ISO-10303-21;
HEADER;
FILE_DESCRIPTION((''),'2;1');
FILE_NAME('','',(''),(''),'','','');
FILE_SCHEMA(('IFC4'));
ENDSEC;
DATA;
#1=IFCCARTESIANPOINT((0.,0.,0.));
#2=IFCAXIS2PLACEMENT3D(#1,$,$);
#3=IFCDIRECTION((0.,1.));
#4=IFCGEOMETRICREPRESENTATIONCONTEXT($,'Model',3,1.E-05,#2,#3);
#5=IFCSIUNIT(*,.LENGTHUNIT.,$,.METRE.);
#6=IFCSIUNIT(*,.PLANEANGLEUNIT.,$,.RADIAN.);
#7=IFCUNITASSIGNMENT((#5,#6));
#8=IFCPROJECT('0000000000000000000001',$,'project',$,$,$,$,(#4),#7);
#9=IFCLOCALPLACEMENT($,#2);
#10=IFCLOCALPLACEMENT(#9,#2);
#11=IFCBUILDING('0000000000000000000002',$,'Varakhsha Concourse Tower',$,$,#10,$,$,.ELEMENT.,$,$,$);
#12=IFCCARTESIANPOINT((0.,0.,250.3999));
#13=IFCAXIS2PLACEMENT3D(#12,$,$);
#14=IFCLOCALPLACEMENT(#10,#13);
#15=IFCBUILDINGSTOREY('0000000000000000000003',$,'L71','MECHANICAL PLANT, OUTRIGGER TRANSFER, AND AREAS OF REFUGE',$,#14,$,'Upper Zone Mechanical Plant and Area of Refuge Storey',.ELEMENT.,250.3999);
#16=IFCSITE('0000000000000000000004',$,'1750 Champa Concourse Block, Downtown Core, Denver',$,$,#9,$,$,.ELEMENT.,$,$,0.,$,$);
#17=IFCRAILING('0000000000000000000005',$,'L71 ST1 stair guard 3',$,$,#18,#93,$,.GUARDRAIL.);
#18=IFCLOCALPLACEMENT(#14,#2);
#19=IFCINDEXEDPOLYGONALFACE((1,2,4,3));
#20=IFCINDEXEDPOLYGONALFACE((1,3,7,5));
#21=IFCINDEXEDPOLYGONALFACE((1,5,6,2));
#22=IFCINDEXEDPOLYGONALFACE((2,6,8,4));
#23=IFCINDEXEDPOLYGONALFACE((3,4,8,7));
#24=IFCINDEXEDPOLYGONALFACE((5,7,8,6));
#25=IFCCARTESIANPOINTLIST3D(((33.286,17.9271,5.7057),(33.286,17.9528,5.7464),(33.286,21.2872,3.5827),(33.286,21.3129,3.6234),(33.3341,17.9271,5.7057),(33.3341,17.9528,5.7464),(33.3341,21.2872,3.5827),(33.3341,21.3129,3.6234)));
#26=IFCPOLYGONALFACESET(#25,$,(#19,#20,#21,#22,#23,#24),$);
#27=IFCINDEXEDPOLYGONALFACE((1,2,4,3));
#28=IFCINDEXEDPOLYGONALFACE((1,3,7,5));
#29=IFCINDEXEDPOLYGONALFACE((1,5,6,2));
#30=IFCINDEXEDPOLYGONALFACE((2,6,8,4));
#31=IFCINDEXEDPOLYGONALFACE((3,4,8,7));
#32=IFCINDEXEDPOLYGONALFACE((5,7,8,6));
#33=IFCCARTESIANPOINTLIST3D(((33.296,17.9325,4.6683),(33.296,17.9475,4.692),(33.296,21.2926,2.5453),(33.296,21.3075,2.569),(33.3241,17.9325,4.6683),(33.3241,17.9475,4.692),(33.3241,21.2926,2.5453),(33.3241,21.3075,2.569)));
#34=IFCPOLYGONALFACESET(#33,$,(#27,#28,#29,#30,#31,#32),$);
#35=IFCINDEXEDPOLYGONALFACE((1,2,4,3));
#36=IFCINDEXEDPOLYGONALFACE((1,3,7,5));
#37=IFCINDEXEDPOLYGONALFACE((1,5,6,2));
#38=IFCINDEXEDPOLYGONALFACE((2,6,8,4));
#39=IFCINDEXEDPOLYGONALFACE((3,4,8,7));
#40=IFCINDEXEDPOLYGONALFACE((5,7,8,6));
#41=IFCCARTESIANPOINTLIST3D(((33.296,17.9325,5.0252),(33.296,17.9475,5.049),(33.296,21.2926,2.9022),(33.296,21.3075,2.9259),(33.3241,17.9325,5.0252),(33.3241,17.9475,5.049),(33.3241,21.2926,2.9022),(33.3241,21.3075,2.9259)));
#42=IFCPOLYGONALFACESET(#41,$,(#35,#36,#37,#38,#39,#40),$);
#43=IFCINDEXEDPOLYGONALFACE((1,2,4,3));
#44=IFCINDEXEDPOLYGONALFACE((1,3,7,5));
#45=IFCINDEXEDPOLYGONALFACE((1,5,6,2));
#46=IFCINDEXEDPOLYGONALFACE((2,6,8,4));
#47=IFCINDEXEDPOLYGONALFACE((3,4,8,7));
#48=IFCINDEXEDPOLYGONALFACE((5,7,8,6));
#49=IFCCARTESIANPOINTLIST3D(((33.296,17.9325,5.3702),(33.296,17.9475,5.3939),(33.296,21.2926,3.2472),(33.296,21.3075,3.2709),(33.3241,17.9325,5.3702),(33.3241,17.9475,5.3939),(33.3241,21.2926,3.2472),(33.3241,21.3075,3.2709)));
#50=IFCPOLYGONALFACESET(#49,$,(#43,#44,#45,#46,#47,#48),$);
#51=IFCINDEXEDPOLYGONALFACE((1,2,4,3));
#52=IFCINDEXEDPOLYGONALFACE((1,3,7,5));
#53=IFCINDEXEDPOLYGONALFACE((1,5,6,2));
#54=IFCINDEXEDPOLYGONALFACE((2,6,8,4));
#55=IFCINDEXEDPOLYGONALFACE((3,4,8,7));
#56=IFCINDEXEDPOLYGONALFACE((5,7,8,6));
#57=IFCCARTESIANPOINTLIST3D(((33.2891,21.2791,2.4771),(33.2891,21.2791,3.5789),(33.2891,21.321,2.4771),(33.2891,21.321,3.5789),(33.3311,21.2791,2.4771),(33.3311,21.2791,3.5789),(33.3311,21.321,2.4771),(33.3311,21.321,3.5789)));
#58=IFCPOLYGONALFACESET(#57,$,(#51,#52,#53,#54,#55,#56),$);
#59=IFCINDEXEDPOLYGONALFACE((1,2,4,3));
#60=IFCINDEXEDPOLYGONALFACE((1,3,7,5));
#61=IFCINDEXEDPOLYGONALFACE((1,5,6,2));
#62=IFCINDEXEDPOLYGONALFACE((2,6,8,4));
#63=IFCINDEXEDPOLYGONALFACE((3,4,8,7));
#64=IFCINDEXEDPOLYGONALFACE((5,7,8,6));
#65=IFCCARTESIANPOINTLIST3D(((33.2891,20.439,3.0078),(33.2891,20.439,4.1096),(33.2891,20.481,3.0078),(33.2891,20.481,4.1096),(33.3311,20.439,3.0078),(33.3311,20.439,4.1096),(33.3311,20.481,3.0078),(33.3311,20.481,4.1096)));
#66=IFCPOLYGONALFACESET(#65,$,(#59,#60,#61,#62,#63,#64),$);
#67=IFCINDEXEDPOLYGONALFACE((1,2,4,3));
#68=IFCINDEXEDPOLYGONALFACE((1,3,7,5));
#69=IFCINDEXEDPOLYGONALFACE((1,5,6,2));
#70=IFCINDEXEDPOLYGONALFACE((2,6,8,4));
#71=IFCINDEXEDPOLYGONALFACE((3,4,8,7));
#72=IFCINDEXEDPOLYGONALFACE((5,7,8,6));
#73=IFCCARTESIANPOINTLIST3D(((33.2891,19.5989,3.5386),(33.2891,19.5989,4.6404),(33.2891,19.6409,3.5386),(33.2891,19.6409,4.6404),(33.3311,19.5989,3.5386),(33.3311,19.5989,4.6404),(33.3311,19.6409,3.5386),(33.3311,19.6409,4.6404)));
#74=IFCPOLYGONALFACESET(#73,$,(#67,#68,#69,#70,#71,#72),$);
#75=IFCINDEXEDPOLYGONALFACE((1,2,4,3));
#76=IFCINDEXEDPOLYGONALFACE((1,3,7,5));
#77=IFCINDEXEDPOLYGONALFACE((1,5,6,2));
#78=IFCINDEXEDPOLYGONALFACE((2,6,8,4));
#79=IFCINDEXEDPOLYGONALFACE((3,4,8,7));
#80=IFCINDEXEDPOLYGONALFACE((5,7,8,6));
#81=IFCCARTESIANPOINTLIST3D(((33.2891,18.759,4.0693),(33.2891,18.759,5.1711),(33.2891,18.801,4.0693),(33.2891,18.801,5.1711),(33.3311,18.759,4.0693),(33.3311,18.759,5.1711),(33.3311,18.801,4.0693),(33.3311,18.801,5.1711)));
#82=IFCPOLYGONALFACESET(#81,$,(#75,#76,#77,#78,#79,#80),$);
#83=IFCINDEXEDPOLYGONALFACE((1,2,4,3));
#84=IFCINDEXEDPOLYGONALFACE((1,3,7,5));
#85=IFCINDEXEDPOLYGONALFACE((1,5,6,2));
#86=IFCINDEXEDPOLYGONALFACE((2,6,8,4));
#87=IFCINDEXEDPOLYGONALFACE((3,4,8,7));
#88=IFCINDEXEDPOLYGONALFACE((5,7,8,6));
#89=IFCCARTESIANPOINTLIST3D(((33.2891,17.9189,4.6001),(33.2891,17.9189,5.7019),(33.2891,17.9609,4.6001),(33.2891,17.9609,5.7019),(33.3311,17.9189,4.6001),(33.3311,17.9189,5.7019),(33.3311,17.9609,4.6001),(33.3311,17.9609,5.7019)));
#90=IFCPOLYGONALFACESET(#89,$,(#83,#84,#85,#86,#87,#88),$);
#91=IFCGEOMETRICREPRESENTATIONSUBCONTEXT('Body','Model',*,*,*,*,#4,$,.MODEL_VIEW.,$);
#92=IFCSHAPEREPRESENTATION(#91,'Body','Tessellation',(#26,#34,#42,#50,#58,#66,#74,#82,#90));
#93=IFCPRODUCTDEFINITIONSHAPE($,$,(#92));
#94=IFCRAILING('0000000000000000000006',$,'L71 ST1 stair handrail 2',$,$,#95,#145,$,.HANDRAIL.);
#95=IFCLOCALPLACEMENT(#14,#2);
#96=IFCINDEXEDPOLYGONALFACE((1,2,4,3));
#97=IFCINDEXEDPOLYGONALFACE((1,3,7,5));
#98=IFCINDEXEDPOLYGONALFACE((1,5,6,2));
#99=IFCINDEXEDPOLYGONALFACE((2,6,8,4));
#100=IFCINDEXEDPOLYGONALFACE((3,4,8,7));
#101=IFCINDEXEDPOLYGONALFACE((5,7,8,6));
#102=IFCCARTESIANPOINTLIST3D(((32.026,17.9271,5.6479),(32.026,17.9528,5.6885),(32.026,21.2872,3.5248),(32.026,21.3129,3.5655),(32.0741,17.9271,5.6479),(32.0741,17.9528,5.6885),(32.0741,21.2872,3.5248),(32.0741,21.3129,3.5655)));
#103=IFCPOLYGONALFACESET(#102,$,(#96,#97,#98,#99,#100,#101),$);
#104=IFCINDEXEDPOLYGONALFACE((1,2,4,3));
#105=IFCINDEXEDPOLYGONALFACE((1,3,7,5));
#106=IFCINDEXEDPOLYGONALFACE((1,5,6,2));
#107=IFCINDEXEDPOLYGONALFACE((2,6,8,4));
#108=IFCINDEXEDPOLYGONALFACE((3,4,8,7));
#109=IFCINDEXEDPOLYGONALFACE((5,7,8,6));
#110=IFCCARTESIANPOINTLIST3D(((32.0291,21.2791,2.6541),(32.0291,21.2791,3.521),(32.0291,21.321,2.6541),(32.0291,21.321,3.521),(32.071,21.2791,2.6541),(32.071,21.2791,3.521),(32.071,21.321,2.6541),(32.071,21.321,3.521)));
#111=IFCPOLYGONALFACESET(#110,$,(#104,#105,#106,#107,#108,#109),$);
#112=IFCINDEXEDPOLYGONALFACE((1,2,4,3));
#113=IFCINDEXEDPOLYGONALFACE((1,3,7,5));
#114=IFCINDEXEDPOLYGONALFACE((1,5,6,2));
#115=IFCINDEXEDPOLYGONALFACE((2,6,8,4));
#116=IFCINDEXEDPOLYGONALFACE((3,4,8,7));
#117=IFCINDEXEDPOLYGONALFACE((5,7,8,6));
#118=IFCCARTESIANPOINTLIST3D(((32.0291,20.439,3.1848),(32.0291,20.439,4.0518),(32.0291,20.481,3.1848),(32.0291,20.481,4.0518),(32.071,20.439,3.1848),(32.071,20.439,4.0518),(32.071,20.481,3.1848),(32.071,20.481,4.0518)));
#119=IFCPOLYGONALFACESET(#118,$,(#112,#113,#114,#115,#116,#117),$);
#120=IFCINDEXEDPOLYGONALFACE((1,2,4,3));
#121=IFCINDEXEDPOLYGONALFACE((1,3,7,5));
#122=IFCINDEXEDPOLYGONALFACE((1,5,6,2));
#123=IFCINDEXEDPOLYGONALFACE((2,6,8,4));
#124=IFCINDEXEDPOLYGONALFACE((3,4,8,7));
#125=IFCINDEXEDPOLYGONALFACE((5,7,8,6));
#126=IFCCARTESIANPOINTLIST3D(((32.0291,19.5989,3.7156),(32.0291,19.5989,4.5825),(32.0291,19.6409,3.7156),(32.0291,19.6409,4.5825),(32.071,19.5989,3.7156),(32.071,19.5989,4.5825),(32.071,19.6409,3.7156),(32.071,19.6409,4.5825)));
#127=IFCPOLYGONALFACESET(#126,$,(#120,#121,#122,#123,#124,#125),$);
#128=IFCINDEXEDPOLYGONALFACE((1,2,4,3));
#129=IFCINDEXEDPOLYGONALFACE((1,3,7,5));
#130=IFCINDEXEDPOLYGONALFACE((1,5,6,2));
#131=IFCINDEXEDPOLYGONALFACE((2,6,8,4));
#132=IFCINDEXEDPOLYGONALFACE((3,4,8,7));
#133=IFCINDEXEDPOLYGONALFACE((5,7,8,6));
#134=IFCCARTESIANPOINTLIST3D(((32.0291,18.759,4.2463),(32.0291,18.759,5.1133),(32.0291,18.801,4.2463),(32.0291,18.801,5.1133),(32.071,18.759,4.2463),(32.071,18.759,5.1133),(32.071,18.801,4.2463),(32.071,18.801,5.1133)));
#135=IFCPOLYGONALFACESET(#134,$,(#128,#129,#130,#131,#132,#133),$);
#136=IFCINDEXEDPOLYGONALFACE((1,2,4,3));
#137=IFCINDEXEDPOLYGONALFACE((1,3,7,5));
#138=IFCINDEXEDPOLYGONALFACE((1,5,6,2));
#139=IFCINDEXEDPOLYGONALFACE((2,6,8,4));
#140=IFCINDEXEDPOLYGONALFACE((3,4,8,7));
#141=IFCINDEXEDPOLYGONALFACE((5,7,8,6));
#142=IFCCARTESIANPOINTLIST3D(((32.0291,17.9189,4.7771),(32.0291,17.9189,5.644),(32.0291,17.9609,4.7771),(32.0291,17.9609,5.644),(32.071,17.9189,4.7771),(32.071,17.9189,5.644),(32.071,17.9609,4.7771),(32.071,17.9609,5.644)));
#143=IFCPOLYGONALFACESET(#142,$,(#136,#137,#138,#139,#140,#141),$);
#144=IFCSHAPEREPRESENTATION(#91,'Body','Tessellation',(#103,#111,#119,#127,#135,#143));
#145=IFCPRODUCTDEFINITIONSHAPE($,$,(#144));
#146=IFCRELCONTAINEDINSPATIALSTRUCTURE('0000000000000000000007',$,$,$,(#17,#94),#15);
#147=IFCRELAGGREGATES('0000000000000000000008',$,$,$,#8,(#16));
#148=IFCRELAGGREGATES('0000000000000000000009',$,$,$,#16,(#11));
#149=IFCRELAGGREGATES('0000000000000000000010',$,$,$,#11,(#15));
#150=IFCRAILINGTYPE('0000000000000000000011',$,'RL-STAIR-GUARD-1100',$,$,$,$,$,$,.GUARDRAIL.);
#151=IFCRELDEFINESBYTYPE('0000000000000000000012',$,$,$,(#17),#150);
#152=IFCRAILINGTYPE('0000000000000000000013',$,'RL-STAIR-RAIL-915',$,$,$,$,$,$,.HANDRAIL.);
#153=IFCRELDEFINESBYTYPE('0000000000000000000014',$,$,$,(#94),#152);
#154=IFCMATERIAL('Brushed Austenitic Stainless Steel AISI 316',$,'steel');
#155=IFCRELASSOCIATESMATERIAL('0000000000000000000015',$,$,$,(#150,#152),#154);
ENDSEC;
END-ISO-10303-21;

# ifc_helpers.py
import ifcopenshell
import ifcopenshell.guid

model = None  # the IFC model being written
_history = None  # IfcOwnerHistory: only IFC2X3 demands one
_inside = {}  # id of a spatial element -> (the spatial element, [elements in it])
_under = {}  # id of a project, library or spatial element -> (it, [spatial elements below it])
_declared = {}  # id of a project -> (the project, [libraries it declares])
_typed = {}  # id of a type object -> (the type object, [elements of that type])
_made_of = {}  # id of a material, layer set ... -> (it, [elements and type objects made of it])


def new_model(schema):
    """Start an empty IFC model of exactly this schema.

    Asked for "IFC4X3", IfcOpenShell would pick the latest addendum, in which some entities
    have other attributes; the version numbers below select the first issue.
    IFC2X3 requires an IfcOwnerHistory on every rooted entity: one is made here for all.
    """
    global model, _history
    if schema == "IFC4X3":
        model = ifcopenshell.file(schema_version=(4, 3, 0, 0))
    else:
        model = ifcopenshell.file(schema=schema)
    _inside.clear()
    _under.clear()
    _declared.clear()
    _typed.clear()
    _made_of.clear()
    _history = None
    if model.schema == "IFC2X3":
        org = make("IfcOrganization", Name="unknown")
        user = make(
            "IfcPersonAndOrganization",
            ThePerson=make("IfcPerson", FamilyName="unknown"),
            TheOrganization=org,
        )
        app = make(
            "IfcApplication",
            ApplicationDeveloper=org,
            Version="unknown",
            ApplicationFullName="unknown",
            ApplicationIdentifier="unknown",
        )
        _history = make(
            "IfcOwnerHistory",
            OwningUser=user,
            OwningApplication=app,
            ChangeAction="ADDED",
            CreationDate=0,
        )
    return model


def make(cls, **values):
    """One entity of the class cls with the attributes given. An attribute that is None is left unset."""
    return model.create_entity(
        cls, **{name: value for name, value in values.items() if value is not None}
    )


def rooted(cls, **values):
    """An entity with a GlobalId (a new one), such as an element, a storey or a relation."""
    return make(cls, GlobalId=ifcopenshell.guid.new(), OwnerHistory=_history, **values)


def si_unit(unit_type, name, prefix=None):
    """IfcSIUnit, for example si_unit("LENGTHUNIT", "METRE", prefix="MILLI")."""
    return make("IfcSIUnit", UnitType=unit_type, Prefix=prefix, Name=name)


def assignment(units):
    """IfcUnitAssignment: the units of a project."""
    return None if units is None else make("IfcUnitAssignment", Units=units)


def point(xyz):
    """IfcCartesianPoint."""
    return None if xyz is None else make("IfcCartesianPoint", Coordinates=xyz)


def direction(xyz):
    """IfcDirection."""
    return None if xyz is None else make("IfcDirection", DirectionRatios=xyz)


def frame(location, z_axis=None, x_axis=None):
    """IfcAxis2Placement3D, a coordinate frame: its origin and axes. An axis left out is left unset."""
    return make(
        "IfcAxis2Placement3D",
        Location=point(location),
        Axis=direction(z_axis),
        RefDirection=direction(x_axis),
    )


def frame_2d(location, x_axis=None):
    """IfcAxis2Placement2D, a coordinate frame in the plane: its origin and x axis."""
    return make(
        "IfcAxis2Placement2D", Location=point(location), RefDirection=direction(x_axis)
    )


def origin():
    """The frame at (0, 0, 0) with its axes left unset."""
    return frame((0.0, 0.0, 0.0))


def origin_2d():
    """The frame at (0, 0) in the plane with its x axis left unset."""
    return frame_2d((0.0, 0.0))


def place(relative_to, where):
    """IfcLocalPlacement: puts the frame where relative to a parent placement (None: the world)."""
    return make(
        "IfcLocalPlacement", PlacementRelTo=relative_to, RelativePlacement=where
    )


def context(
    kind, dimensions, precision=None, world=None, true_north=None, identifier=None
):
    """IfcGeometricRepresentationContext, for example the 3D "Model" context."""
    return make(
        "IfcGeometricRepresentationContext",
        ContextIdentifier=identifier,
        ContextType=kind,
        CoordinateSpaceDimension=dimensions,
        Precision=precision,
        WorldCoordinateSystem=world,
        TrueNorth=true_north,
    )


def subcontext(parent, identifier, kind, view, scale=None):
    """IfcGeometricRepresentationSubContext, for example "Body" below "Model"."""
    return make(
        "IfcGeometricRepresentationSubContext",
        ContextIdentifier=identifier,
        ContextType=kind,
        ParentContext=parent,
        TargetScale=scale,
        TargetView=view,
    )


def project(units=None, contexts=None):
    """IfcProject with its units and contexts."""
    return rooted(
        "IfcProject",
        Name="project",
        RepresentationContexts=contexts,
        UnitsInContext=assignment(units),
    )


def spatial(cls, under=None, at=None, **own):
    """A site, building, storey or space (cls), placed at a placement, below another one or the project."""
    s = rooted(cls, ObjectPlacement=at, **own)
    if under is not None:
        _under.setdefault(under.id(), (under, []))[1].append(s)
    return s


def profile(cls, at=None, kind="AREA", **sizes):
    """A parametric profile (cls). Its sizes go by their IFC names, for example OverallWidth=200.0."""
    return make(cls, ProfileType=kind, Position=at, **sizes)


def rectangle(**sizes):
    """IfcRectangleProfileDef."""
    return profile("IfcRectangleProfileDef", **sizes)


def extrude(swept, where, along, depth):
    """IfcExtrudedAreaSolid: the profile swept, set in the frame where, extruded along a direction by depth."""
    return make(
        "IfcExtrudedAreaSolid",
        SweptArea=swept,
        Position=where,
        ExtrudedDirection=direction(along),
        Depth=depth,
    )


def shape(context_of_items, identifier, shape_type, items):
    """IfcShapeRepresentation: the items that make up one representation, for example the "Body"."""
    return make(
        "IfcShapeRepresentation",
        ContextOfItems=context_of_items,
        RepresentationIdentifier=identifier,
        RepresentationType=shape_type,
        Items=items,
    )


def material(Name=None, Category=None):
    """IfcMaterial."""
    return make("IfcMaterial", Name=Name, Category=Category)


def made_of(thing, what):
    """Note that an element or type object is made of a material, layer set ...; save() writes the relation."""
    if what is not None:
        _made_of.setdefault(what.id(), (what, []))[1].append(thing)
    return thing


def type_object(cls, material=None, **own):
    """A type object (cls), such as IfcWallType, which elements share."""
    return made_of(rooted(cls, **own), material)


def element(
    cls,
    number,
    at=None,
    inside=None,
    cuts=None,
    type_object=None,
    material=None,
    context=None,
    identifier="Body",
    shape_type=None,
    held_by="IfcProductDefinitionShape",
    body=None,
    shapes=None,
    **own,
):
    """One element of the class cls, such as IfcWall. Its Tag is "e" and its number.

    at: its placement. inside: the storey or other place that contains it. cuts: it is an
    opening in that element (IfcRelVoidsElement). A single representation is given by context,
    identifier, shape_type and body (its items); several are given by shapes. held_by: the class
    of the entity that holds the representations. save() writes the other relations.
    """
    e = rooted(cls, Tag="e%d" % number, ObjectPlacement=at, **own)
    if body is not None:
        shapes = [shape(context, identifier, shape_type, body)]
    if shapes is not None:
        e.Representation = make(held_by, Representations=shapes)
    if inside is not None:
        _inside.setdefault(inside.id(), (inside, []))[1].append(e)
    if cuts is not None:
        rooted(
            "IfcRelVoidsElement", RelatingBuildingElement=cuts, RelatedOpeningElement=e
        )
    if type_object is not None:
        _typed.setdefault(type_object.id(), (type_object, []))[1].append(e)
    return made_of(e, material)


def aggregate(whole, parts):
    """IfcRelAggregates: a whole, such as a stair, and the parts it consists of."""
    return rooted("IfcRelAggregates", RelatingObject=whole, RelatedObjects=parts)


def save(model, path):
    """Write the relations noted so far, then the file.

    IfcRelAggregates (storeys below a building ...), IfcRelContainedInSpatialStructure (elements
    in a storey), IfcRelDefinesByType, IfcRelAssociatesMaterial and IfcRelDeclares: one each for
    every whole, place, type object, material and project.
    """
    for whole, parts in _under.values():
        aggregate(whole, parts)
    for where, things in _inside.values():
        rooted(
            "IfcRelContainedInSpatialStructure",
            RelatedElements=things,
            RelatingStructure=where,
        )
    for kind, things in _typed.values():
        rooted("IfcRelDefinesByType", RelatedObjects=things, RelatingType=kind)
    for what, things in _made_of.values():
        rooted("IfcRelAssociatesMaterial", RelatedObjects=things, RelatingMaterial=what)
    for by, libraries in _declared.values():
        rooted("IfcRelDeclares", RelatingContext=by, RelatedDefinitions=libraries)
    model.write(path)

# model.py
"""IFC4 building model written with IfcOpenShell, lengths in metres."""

from ifc_helpers import new_model, si_unit, direction, frame, origin, origin_2d, place, context, subcontext, project, spatial, rectangle, extrude, material, type_object, element, save


model = new_model("IFC4")

# Units and contexts
model_context = context("Model", 3, precision=1e-05, world=origin(), true_north=direction((0.0, 1.0)))
body_context = subcontext(model_context, "Body", "Model", "MODEL_VIEW")
ifc_project = project(units=[si_unit("LENGTHUNIT", "METRE"), si_unit("PLANEANGLEUNIT", "RADIAN")], contexts=[model_context])

# Site, building, storey
site_placement = place(None, origin())
site = spatial("IfcSite", under=ifc_project, at=site_placement, Name="1750 Champa Concourse Block, Downtown Core, Denver", CompositionType="ELEMENT", RefElevation=0.0)
building_placement = place(site_placement, origin())
building = spatial("IfcBuilding", under=site, at=building_placement, Name="Varakhsha Concourse Tower", CompositionType="ELEMENT")
storey_placement = place(building_placement, frame((0.0, 0.0, 250.3999)))
storey = spatial("IfcBuildingStorey", under=building, at=storey_placement, Name="L71", Description="MECHANICAL PLANT, OUTRIGGER TRANSFER, AND AREAS OF REFUGE", LongName="Upper Zone Mechanical Plant and Area of Refuge Storey", CompositionType="ELEMENT", Elevation=250.3999)

# Shared definitions
ifc_material_1 = material(Name="Brushed Austenitic Stainless Steel AISI 316", Category="steel")

# Railings
railing_type_1 = type_object("IfcRailingType", Name="RL-STAIR-GUARD-1100", PredefinedType="GUARDRAIL", material=ifc_material_1)
railing_1_placement = place(storey_placement, frame((33.3101, 21.3, 2.4771)))
element("IfcRailing", 1, at=railing_1_placement, inside=storey, type_object=railing_type_1, Name="L71 ST1 stair guard 3", PredefinedType="GUARDRAIL", context=body_context, shape_type="SweptSolid", body=[
    extrude(rectangle(XDim=0.0481, YDim=0.0481, at=origin_2d()), frame((0.0, 0.0, 1.126), z_axis=(0.0, -0.84539, 0.53415), x_axis=(1.0, 0.0, 0.0)), (0.0, 0.0, 1.0), 3.9746),
    extrude(rectangle(XDim=0.0281, YDim=0.0281, at=origin_2d()), frame((0.0, 0.0, 0.0801), z_axis=(0.0, -0.84539, 0.53415), x_axis=(1.0, 0.0, 0.0)), (0.0, 0.0, 1.0), 3.9746),
    extrude(rectangle(XDim=0.0281, YDim=0.0281, at=origin_2d()), frame((0.0, 0.0, 0.437), z_axis=(0.0, -0.84539, 0.53415), x_axis=(1.0, 0.0, 0.0)), (0.0, 0.0, 1.0), 3.9746),
    extrude(rectangle(XDim=0.0281, YDim=0.0281, at=origin_2d()), frame((0.0, 0.0, 0.782), z_axis=(0.0, -0.84539, 0.53415), x_axis=(1.0, 0.0, 0.0)), (0.0, 0.0, 1.0), 3.9746),
    extrude(rectangle(XDim=0.042, YDim=0.042, at=origin_2d()), origin(), (0.0, 0.0, 1.0), 1.1018),
    extrude(rectangle(XDim=0.042, YDim=0.042, at=origin_2d()), frame((0.0, -0.8401, 0.5308)), (0.0, 0.0, 1.0), 1.1018),
    extrude(rectangle(XDim=0.042, YDim=0.042, at=origin_2d()), frame((0.0, -1.6802, 1.0615)), (0.0, 0.0, 1.0), 1.1018),
    extrude(rectangle(XDim=0.042, YDim=0.042, at=origin_2d()), frame((0.0, -2.52, 1.5923)), (0.0, 0.0, 1.0), 1.1018),
    extrude(rectangle(XDim=0.042, YDim=0.042, at=origin_2d()), frame((0.0, -3.3601, 2.123)), (0.0, 0.0, 1.0), 1.1018),
])
railing_type_2 = type_object("IfcRailingType", Name="RL-STAIR-RAIL-915", PredefinedType="HANDRAIL", material=ifc_material_1)
railing_2_placement = place(storey_placement, frame((32.05, 21.3, 2.6541)))
element("IfcRailing", 2, at=railing_2_placement, inside=storey, type_object=railing_type_2, Name="L71 ST1 stair handrail 2", PredefinedType="HANDRAIL", context=body_context, shape_type="SweptSolid", body=[
    extrude(rectangle(XDim=0.0481, YDim=0.0481, at=origin_2d()), frame((0.0, 0.0, 0.8911), z_axis=(0.0, -0.84539, 0.53415), x_axis=(1.0, 0.0, 0.0)), (0.0, 0.0, 1.0), 3.9746),
    extrude(rectangle(XDim=0.042, YDim=0.042, at=origin_2d()), origin(), (0.0, 0.0, 1.0), 0.8669),
    extrude(rectangle(XDim=0.042, YDim=0.042, at=origin_2d()), frame((0.0, -0.8401, 0.5308)), (0.0, 0.0, 1.0), 0.8669),
    extrude(rectangle(XDim=0.042, YDim=0.042, at=origin_2d()), frame((0.0, -1.6802, 1.0615)), (0.0, 0.0, 1.0), 0.8669),
    extrude(rectangle(XDim=0.042, YDim=0.042, at=origin_2d()), frame((0.0, -2.52, 1.5923)), (0.0, 0.0, 1.0), 0.8669),
    extrude(rectangle(XDim=0.042, YDim=0.042, at=origin_2d()), frame((0.0, -3.3601, 2.123)), (0.0, 0.0, 1.0), 0.8669),
])

save(model, "model.ifc")
